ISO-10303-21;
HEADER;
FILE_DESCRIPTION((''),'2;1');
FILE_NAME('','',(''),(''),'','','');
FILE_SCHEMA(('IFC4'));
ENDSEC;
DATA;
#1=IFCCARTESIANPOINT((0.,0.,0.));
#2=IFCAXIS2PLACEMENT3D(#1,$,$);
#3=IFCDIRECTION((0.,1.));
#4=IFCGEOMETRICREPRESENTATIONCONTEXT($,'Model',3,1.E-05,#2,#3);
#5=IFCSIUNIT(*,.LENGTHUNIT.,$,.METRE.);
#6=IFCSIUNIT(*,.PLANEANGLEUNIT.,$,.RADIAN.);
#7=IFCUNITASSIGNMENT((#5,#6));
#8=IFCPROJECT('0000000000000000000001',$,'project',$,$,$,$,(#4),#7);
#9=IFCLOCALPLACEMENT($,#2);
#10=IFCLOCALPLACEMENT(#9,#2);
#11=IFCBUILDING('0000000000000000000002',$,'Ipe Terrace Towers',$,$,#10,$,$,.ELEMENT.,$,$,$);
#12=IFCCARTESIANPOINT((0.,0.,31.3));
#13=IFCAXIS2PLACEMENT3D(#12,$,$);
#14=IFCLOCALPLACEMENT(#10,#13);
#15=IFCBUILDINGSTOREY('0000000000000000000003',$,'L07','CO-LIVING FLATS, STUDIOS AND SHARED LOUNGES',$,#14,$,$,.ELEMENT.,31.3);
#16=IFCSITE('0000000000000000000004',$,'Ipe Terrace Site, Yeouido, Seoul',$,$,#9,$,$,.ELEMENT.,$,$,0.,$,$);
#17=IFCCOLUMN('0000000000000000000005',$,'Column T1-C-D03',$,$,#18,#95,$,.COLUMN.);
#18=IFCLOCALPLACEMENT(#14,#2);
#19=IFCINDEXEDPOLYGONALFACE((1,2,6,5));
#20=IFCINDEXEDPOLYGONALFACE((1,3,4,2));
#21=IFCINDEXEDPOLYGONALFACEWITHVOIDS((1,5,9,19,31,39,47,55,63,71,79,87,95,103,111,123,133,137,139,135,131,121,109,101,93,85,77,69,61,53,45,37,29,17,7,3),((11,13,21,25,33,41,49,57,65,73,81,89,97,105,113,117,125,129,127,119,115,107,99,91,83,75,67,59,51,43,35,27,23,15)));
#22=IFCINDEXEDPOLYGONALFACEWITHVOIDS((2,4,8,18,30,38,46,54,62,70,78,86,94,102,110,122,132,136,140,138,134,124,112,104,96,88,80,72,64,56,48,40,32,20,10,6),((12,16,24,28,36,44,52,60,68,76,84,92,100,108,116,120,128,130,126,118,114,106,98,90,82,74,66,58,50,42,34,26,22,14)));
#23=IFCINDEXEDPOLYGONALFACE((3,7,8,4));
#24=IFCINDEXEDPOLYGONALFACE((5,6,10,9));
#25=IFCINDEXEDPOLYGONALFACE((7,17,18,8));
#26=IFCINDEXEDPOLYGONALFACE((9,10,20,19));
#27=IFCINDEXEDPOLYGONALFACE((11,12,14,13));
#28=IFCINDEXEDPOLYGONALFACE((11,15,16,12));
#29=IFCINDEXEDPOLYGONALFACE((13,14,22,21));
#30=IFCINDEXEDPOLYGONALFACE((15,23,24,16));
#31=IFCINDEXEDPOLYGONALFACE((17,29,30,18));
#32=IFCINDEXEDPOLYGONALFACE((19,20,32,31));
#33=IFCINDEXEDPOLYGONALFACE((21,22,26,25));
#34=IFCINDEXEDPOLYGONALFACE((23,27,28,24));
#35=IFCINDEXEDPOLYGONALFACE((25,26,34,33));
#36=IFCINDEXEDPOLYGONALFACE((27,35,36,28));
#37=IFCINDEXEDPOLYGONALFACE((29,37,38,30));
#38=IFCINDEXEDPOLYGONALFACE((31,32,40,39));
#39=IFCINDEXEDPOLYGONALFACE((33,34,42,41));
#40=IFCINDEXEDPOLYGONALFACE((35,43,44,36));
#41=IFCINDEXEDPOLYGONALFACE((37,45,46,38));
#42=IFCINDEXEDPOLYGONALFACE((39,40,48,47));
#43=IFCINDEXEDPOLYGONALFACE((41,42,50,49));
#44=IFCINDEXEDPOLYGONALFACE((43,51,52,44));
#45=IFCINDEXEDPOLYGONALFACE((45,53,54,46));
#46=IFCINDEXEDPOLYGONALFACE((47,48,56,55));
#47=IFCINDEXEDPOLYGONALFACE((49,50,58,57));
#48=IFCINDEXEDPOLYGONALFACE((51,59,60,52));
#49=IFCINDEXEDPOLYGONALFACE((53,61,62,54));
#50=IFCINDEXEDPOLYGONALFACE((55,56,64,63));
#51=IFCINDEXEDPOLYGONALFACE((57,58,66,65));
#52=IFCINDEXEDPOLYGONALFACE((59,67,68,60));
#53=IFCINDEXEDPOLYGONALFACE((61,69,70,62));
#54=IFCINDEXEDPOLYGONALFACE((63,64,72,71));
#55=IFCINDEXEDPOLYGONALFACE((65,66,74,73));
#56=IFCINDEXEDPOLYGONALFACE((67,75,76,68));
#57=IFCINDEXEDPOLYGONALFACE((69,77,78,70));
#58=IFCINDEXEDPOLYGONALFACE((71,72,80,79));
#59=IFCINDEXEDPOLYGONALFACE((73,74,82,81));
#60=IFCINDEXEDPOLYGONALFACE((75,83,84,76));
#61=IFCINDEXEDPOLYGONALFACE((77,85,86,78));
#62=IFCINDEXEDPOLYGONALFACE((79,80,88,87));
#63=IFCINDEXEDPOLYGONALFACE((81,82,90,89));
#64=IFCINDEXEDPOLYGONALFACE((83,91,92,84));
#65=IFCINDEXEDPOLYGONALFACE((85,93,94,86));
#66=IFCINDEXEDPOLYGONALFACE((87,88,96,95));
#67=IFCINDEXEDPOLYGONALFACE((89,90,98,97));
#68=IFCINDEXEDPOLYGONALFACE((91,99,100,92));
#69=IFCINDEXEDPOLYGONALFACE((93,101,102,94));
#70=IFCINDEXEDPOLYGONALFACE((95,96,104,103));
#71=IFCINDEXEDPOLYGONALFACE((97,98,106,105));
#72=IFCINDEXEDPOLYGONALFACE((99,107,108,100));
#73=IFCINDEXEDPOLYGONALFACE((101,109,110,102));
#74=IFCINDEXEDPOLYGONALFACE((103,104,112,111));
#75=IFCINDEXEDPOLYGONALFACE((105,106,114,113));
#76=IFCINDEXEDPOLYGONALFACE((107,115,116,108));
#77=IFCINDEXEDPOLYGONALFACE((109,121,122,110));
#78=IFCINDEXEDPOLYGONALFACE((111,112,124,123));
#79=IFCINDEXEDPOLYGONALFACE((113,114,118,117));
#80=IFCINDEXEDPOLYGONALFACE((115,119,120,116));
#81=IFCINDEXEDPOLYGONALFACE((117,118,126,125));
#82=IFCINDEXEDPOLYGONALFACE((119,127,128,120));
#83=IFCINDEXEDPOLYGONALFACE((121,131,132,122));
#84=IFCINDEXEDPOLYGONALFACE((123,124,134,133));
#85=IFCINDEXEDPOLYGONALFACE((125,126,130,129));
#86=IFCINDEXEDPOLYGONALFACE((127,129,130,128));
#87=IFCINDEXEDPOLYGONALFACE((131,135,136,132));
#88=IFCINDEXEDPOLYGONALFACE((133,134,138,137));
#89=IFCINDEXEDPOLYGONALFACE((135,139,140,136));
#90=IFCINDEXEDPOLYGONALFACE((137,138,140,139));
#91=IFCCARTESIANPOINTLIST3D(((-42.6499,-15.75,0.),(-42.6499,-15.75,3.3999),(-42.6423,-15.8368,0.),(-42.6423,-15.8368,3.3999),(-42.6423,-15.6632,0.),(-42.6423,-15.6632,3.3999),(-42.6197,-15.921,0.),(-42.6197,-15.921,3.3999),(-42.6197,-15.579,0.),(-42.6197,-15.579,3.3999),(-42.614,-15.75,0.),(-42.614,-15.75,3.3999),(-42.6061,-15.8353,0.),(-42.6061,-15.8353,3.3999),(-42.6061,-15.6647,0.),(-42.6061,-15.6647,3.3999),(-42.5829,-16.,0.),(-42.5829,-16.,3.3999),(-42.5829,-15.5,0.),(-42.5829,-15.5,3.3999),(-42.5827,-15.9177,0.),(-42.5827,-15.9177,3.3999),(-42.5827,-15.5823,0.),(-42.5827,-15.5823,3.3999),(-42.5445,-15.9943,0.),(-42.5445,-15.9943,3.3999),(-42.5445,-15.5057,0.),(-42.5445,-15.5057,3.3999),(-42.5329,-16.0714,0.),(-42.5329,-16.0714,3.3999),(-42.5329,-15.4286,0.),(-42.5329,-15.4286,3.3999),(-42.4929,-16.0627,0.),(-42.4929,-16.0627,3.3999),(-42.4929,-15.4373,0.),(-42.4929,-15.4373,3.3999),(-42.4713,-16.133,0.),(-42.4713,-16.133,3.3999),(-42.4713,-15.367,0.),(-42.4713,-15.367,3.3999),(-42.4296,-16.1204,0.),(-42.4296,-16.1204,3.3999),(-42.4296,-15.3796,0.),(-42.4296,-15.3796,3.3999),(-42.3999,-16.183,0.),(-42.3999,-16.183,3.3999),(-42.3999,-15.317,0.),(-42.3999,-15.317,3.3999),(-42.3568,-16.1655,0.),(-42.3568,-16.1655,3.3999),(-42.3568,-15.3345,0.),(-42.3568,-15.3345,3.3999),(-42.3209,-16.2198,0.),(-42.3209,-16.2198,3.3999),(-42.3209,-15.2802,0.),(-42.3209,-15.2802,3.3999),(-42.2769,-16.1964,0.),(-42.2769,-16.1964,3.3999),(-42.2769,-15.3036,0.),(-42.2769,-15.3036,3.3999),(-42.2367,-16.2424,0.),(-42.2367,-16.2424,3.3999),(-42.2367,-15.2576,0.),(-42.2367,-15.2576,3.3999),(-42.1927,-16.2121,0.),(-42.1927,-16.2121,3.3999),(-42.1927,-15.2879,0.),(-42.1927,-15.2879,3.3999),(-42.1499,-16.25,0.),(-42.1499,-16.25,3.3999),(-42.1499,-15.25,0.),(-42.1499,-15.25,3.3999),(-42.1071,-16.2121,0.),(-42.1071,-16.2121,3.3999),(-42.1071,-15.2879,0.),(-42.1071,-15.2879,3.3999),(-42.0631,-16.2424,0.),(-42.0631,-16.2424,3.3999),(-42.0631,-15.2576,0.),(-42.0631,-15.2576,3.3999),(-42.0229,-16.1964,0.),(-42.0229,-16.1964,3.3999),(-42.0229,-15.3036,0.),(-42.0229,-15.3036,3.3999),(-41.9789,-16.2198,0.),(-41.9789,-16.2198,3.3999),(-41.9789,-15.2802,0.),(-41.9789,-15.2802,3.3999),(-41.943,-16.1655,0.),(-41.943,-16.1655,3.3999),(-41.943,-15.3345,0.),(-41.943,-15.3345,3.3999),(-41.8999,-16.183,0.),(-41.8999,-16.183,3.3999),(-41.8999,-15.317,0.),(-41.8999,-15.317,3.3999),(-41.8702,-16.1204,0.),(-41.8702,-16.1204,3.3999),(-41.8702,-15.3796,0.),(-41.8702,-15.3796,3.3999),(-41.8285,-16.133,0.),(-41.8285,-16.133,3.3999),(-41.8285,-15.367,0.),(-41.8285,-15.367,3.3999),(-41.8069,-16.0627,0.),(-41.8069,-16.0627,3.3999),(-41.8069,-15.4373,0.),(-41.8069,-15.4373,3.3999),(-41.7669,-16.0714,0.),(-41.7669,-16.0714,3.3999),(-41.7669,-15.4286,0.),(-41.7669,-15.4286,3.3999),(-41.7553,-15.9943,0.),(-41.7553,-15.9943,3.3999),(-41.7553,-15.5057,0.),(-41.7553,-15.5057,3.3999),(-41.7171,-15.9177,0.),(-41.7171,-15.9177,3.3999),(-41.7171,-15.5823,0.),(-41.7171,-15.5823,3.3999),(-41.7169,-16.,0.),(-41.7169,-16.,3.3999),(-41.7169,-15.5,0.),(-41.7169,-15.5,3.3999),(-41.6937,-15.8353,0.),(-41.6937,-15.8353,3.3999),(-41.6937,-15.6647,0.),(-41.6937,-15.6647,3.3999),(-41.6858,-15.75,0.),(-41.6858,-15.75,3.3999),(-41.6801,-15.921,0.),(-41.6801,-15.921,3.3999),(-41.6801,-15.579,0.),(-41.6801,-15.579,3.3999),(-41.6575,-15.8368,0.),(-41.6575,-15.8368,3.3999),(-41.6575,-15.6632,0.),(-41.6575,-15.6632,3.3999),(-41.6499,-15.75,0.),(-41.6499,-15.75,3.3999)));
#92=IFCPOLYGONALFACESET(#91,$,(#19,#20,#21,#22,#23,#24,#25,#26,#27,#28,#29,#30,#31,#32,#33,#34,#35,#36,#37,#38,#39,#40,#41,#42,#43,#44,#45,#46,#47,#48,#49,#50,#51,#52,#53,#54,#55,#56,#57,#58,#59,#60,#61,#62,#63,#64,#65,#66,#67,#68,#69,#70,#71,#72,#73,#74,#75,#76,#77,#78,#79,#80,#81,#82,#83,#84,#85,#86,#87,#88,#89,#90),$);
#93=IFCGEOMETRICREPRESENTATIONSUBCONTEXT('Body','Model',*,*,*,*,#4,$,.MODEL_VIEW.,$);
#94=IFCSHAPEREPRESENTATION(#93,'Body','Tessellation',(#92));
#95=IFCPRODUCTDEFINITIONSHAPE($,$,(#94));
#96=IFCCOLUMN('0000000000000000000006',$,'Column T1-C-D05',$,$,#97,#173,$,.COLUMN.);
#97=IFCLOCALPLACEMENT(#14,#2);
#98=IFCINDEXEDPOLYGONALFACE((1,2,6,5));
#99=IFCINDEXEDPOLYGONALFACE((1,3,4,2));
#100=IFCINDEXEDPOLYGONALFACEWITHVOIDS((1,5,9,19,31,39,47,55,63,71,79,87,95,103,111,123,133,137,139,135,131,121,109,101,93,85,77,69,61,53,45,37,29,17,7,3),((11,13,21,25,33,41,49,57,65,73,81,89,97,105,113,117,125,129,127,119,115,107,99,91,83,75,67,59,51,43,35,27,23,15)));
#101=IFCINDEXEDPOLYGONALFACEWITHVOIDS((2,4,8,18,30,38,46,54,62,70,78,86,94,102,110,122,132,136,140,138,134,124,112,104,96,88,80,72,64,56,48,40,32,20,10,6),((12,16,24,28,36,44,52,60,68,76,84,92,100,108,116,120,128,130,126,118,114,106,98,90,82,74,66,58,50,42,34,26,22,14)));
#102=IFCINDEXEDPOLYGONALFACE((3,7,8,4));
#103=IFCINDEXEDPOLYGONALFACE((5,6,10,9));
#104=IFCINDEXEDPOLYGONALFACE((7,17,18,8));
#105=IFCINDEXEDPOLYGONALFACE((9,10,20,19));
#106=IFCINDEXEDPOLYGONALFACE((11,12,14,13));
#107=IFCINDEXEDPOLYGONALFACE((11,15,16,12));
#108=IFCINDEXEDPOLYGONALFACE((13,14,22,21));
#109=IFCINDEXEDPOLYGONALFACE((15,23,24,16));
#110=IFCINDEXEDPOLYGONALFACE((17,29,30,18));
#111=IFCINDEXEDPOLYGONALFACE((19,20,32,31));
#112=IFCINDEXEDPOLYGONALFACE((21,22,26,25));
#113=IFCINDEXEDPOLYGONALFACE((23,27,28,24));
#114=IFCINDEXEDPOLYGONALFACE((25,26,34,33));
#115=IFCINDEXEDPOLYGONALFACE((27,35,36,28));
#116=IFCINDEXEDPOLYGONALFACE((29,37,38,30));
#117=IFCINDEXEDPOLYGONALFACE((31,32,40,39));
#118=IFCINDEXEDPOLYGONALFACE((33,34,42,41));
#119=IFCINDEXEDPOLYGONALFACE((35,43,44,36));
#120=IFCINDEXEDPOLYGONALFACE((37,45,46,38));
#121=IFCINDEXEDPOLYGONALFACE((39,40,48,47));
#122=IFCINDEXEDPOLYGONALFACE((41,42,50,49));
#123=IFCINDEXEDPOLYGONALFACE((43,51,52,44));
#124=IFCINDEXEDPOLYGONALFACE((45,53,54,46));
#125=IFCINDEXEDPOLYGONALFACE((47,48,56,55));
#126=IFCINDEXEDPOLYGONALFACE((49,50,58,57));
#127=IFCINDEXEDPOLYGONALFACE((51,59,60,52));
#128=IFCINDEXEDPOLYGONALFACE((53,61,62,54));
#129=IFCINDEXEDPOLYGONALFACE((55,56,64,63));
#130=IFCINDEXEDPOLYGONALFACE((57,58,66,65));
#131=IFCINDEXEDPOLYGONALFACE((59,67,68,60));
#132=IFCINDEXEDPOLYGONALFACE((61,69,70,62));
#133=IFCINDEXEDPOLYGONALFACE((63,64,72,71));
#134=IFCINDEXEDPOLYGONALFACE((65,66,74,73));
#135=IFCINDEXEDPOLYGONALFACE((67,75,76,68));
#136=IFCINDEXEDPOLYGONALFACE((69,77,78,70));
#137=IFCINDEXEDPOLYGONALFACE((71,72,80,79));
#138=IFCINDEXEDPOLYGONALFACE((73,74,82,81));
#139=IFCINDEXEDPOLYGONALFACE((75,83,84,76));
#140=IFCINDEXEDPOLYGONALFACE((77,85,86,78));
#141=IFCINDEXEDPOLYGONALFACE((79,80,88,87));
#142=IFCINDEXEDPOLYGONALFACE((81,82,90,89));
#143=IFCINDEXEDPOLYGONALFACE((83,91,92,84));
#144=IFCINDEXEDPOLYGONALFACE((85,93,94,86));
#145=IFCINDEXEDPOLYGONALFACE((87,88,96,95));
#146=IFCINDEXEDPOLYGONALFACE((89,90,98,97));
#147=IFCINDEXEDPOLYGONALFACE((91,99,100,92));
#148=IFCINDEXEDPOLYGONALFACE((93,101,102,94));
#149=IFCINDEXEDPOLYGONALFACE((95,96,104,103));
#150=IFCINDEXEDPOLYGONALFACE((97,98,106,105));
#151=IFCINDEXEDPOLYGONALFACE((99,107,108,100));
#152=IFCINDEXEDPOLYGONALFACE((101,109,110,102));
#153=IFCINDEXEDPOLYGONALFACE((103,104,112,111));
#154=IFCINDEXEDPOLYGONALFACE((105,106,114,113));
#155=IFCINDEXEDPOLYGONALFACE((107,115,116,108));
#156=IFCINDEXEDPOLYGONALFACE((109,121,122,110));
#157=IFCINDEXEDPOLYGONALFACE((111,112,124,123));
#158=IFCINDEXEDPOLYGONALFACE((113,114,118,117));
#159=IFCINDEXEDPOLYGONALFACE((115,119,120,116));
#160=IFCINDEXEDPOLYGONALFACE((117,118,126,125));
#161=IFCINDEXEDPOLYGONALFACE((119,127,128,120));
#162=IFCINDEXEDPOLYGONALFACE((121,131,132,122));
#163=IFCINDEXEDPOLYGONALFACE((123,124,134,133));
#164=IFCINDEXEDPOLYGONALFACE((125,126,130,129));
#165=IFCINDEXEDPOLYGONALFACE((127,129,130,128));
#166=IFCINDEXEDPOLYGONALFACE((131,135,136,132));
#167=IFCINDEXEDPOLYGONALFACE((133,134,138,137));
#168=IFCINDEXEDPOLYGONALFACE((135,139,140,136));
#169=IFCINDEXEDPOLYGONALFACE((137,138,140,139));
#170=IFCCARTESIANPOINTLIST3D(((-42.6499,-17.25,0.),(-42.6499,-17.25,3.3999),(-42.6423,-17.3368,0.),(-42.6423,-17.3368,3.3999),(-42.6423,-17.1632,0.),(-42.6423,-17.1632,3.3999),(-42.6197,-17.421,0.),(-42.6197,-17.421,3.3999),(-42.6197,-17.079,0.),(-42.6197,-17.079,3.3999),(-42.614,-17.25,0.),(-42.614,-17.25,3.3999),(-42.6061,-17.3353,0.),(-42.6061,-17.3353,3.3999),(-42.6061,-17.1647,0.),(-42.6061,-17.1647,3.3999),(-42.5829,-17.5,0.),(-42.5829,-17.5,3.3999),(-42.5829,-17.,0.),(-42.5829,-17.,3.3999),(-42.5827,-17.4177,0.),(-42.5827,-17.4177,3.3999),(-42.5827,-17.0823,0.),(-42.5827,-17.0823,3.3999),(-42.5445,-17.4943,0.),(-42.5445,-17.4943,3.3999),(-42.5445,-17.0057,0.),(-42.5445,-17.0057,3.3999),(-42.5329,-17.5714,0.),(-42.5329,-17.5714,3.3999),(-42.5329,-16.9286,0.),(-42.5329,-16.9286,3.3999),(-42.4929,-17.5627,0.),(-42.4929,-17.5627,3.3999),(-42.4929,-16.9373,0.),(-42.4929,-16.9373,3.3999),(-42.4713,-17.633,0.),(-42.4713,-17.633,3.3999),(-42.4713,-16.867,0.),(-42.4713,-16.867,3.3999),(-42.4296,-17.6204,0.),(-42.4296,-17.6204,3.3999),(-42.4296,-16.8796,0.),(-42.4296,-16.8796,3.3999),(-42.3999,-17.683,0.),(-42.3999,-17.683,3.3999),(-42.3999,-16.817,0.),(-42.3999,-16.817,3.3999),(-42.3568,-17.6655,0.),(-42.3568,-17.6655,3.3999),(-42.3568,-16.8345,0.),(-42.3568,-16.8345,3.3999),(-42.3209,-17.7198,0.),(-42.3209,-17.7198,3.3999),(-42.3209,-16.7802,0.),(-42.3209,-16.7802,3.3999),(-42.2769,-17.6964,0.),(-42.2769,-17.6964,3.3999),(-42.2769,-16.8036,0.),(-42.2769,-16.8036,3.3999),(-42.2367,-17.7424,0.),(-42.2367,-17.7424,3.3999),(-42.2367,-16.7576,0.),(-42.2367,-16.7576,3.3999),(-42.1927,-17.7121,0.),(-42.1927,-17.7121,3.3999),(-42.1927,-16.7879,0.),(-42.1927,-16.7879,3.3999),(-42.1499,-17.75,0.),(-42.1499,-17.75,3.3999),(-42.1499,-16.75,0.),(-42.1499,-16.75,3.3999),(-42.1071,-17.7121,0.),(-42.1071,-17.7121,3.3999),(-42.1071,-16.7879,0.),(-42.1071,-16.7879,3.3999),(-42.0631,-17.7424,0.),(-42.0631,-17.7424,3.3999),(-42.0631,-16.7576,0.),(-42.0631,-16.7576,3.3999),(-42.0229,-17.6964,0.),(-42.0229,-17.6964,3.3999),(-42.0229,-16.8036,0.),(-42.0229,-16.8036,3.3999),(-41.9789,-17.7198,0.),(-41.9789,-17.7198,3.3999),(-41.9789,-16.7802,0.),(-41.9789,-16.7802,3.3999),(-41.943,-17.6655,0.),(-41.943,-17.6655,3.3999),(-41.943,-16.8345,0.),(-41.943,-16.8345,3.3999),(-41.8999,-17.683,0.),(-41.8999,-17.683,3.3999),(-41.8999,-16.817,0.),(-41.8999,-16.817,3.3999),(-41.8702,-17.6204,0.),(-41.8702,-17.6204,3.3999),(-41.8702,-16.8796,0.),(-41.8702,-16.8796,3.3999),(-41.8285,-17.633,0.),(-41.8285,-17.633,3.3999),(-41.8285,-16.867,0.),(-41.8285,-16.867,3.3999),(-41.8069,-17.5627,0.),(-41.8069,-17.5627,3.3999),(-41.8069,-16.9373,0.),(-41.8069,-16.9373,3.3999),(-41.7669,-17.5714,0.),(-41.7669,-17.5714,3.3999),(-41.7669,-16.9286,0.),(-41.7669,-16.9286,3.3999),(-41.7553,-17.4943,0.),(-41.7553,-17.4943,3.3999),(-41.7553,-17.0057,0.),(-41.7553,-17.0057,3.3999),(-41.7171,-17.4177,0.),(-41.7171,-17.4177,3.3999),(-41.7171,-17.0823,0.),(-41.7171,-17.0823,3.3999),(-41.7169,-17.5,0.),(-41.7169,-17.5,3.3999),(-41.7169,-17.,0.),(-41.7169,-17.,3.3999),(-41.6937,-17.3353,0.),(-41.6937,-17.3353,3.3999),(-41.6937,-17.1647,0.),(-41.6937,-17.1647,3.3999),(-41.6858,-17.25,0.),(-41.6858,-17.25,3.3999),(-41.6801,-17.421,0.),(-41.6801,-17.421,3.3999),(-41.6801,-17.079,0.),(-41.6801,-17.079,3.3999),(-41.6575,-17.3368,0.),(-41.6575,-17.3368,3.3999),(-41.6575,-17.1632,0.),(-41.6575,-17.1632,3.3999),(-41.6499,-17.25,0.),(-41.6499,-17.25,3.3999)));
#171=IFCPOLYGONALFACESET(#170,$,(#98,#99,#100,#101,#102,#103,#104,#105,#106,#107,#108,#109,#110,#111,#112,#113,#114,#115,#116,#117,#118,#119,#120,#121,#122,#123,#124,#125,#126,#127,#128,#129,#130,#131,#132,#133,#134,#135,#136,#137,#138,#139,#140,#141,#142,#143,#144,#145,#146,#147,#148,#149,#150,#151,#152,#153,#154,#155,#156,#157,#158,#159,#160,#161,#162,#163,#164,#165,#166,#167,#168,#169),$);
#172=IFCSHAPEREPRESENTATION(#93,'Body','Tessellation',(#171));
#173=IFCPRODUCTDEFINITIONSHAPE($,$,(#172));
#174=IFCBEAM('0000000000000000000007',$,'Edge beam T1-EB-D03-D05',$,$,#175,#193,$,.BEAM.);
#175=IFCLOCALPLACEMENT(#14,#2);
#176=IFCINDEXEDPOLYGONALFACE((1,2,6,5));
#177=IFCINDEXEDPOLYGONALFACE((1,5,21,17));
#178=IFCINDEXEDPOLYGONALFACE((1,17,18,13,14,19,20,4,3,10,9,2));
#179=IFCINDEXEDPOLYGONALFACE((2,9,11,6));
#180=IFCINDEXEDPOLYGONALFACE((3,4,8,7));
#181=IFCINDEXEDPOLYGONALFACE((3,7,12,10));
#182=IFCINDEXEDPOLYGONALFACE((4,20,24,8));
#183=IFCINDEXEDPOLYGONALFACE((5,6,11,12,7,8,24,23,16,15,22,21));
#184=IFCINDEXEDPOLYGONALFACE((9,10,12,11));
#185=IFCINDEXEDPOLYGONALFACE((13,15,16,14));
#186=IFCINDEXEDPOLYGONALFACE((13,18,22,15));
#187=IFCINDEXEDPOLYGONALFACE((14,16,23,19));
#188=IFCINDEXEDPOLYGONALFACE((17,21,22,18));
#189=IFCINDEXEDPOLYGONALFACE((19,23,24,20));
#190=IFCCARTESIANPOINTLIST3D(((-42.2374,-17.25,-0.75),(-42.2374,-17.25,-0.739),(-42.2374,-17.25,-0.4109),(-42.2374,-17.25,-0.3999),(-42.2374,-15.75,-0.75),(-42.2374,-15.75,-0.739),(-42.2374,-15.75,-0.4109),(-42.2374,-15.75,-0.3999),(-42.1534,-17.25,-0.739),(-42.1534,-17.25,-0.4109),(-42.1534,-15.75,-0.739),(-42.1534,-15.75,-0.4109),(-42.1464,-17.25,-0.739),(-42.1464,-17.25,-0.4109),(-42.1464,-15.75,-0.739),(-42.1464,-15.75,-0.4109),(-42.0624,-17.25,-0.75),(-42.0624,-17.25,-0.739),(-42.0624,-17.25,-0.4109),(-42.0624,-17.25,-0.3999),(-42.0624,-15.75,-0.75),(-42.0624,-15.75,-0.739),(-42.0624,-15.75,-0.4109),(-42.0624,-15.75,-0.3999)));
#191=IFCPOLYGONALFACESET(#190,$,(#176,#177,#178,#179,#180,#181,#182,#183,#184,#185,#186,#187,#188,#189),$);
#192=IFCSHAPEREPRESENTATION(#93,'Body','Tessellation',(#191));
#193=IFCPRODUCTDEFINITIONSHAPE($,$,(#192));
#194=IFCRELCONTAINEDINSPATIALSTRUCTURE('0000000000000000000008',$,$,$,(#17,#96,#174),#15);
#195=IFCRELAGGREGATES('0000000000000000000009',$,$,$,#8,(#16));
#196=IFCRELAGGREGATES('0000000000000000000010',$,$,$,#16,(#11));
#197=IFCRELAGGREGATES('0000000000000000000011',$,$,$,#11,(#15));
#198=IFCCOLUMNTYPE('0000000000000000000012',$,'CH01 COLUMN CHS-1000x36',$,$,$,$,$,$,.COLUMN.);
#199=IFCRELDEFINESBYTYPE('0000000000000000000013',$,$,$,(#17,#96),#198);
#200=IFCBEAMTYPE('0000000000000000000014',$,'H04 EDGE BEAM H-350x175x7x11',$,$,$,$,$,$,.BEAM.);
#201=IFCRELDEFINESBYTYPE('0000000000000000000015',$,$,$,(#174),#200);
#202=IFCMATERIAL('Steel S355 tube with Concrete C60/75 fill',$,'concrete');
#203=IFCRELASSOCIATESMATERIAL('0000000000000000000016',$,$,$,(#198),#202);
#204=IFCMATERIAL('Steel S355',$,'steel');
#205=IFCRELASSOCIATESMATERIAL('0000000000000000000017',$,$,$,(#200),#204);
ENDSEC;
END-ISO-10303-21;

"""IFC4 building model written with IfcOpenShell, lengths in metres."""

from ifc_helpers import new_model, si_unit, direction, frame, origin, origin_2d, place, context, subcontext, project, spatial, hollow_circle, i_section, extrude, material, material_profile, profile_set, type_object, element, save


model = new_model("IFC4")

# Units and contexts
model_context = context("Model", 3, precision=1e-05, world=origin(), true_north=direction((0.0, 1.0)))
body_context = subcontext(model_context, "Body", "Model", "MODEL_VIEW")
ifc_project = project(units=[si_unit("LENGTHUNIT", "METRE"), si_unit("PLANEANGLEUNIT", "RADIAN")], contexts=[model_context])

# Site, building, storey
site_placement = place(None, origin())
site = spatial("IfcSite", under=ifc_project, at=site_placement, Name="Ipe Terrace Site, Yeouido, Seoul", CompositionType="ELEMENT", RefElevation=0.0)
building_placement = place(site_placement, origin())
building = spatial("IfcBuilding", under=site, at=building_placement, Name="Ipe Terrace Towers", CompositionType="ELEMENT")
storey_placement = place(building_placement, frame((0.0, 0.0, 31.3)))
storey = spatial("IfcBuildingStorey", under=building, at=storey_placement, Name="L07", Description="CO-LIVING FLATS, STUDIOS AND SHARED LOUNGES", CompositionType="ELEMENT", Elevation=31.3)

# Columns
ifc_material_1 = material(Name="Steel S355 tube with Concrete C60/75 fill", Category="concrete")
ifc_material_profile_1 = material_profile(ifc_material_1, hollow_circle(Radius=0.5, WallThickness=0.0359, at=origin_2d()), Name="CHS-1000x36")
ifc_profile_set_1 = profile_set([ifc_material_profile_1], Name="Steel S355 tube with Concrete C60/75 fill")
column_type = type_object("IfcColumnType", Name="CH01 COLUMN CHS-1000x36", PredefinedType="COLUMN", material=ifc_profile_set_1)
for number, where, z_axis, x_axis, name in (
    (1, (-42.1499, -15.75, 0.0), (0.0, 0.0, 1.0), (1.0, 0.0, 0.0), "Column T1-C-D03"),
    (2, (-42.1499, -17.25, 0.0), (0.0, 0.0, 1.0), (1.0, 0.0, 0.0), "Column T1-C-D05"),
):
    element("IfcColumn", number, at=place(storey_placement, frame(where, z_axis=z_axis, x_axis=x_axis)), inside=storey, type_object=column_type, Name=name, PredefinedType="COLUMN", context=body_context, shape_type="SweptSolid", body=[
        extrude(hollow_circle(Radius=0.5, WallThickness=0.0359, at=origin_2d()), origin(), (0.0, 0.0, 1.0), 3.3999),
    ])

# Beam
ifc_material_2 = material(Name="Steel S355", Category="steel")
ifc_material_profile_2 = material_profile(ifc_material_2, i_section(OverallWidth=0.175, OverallDepth=0.3501, WebThickness=0.0071, FlangeThickness=0.011, at=origin_2d()), Name="H-350x175x7x11")
ifc_profile_set_2 = profile_set([ifc_material_profile_2], Name="Steel S355")
beam_type = type_object("IfcBeamType", Name="H04 EDGE BEAM H-350x175x7x11", PredefinedType="BEAM", material=ifc_profile_set_2)
beam_placement = place(storey_placement, frame((-42.1499, -15.75, -0.575), z_axis=(0.0, -1.0, 0.0), x_axis=(1.0, 0.0, 0.0)))
element("IfcBeam", 3, at=beam_placement, inside=storey, type_object=beam_type, Name="Edge beam T1-EB-D03-D05", PredefinedType="BEAM", context=body_context, shape_type="SweptSolid", body=[
    extrude(i_section(OverallWidth=0.175, OverallDepth=0.3501, WebThickness=0.0071, FlangeThickness=0.011, at=origin_2d()), origin(), (0.0, 0.0, 1.0), 1.5),
])

save(model, "model.ifc")
